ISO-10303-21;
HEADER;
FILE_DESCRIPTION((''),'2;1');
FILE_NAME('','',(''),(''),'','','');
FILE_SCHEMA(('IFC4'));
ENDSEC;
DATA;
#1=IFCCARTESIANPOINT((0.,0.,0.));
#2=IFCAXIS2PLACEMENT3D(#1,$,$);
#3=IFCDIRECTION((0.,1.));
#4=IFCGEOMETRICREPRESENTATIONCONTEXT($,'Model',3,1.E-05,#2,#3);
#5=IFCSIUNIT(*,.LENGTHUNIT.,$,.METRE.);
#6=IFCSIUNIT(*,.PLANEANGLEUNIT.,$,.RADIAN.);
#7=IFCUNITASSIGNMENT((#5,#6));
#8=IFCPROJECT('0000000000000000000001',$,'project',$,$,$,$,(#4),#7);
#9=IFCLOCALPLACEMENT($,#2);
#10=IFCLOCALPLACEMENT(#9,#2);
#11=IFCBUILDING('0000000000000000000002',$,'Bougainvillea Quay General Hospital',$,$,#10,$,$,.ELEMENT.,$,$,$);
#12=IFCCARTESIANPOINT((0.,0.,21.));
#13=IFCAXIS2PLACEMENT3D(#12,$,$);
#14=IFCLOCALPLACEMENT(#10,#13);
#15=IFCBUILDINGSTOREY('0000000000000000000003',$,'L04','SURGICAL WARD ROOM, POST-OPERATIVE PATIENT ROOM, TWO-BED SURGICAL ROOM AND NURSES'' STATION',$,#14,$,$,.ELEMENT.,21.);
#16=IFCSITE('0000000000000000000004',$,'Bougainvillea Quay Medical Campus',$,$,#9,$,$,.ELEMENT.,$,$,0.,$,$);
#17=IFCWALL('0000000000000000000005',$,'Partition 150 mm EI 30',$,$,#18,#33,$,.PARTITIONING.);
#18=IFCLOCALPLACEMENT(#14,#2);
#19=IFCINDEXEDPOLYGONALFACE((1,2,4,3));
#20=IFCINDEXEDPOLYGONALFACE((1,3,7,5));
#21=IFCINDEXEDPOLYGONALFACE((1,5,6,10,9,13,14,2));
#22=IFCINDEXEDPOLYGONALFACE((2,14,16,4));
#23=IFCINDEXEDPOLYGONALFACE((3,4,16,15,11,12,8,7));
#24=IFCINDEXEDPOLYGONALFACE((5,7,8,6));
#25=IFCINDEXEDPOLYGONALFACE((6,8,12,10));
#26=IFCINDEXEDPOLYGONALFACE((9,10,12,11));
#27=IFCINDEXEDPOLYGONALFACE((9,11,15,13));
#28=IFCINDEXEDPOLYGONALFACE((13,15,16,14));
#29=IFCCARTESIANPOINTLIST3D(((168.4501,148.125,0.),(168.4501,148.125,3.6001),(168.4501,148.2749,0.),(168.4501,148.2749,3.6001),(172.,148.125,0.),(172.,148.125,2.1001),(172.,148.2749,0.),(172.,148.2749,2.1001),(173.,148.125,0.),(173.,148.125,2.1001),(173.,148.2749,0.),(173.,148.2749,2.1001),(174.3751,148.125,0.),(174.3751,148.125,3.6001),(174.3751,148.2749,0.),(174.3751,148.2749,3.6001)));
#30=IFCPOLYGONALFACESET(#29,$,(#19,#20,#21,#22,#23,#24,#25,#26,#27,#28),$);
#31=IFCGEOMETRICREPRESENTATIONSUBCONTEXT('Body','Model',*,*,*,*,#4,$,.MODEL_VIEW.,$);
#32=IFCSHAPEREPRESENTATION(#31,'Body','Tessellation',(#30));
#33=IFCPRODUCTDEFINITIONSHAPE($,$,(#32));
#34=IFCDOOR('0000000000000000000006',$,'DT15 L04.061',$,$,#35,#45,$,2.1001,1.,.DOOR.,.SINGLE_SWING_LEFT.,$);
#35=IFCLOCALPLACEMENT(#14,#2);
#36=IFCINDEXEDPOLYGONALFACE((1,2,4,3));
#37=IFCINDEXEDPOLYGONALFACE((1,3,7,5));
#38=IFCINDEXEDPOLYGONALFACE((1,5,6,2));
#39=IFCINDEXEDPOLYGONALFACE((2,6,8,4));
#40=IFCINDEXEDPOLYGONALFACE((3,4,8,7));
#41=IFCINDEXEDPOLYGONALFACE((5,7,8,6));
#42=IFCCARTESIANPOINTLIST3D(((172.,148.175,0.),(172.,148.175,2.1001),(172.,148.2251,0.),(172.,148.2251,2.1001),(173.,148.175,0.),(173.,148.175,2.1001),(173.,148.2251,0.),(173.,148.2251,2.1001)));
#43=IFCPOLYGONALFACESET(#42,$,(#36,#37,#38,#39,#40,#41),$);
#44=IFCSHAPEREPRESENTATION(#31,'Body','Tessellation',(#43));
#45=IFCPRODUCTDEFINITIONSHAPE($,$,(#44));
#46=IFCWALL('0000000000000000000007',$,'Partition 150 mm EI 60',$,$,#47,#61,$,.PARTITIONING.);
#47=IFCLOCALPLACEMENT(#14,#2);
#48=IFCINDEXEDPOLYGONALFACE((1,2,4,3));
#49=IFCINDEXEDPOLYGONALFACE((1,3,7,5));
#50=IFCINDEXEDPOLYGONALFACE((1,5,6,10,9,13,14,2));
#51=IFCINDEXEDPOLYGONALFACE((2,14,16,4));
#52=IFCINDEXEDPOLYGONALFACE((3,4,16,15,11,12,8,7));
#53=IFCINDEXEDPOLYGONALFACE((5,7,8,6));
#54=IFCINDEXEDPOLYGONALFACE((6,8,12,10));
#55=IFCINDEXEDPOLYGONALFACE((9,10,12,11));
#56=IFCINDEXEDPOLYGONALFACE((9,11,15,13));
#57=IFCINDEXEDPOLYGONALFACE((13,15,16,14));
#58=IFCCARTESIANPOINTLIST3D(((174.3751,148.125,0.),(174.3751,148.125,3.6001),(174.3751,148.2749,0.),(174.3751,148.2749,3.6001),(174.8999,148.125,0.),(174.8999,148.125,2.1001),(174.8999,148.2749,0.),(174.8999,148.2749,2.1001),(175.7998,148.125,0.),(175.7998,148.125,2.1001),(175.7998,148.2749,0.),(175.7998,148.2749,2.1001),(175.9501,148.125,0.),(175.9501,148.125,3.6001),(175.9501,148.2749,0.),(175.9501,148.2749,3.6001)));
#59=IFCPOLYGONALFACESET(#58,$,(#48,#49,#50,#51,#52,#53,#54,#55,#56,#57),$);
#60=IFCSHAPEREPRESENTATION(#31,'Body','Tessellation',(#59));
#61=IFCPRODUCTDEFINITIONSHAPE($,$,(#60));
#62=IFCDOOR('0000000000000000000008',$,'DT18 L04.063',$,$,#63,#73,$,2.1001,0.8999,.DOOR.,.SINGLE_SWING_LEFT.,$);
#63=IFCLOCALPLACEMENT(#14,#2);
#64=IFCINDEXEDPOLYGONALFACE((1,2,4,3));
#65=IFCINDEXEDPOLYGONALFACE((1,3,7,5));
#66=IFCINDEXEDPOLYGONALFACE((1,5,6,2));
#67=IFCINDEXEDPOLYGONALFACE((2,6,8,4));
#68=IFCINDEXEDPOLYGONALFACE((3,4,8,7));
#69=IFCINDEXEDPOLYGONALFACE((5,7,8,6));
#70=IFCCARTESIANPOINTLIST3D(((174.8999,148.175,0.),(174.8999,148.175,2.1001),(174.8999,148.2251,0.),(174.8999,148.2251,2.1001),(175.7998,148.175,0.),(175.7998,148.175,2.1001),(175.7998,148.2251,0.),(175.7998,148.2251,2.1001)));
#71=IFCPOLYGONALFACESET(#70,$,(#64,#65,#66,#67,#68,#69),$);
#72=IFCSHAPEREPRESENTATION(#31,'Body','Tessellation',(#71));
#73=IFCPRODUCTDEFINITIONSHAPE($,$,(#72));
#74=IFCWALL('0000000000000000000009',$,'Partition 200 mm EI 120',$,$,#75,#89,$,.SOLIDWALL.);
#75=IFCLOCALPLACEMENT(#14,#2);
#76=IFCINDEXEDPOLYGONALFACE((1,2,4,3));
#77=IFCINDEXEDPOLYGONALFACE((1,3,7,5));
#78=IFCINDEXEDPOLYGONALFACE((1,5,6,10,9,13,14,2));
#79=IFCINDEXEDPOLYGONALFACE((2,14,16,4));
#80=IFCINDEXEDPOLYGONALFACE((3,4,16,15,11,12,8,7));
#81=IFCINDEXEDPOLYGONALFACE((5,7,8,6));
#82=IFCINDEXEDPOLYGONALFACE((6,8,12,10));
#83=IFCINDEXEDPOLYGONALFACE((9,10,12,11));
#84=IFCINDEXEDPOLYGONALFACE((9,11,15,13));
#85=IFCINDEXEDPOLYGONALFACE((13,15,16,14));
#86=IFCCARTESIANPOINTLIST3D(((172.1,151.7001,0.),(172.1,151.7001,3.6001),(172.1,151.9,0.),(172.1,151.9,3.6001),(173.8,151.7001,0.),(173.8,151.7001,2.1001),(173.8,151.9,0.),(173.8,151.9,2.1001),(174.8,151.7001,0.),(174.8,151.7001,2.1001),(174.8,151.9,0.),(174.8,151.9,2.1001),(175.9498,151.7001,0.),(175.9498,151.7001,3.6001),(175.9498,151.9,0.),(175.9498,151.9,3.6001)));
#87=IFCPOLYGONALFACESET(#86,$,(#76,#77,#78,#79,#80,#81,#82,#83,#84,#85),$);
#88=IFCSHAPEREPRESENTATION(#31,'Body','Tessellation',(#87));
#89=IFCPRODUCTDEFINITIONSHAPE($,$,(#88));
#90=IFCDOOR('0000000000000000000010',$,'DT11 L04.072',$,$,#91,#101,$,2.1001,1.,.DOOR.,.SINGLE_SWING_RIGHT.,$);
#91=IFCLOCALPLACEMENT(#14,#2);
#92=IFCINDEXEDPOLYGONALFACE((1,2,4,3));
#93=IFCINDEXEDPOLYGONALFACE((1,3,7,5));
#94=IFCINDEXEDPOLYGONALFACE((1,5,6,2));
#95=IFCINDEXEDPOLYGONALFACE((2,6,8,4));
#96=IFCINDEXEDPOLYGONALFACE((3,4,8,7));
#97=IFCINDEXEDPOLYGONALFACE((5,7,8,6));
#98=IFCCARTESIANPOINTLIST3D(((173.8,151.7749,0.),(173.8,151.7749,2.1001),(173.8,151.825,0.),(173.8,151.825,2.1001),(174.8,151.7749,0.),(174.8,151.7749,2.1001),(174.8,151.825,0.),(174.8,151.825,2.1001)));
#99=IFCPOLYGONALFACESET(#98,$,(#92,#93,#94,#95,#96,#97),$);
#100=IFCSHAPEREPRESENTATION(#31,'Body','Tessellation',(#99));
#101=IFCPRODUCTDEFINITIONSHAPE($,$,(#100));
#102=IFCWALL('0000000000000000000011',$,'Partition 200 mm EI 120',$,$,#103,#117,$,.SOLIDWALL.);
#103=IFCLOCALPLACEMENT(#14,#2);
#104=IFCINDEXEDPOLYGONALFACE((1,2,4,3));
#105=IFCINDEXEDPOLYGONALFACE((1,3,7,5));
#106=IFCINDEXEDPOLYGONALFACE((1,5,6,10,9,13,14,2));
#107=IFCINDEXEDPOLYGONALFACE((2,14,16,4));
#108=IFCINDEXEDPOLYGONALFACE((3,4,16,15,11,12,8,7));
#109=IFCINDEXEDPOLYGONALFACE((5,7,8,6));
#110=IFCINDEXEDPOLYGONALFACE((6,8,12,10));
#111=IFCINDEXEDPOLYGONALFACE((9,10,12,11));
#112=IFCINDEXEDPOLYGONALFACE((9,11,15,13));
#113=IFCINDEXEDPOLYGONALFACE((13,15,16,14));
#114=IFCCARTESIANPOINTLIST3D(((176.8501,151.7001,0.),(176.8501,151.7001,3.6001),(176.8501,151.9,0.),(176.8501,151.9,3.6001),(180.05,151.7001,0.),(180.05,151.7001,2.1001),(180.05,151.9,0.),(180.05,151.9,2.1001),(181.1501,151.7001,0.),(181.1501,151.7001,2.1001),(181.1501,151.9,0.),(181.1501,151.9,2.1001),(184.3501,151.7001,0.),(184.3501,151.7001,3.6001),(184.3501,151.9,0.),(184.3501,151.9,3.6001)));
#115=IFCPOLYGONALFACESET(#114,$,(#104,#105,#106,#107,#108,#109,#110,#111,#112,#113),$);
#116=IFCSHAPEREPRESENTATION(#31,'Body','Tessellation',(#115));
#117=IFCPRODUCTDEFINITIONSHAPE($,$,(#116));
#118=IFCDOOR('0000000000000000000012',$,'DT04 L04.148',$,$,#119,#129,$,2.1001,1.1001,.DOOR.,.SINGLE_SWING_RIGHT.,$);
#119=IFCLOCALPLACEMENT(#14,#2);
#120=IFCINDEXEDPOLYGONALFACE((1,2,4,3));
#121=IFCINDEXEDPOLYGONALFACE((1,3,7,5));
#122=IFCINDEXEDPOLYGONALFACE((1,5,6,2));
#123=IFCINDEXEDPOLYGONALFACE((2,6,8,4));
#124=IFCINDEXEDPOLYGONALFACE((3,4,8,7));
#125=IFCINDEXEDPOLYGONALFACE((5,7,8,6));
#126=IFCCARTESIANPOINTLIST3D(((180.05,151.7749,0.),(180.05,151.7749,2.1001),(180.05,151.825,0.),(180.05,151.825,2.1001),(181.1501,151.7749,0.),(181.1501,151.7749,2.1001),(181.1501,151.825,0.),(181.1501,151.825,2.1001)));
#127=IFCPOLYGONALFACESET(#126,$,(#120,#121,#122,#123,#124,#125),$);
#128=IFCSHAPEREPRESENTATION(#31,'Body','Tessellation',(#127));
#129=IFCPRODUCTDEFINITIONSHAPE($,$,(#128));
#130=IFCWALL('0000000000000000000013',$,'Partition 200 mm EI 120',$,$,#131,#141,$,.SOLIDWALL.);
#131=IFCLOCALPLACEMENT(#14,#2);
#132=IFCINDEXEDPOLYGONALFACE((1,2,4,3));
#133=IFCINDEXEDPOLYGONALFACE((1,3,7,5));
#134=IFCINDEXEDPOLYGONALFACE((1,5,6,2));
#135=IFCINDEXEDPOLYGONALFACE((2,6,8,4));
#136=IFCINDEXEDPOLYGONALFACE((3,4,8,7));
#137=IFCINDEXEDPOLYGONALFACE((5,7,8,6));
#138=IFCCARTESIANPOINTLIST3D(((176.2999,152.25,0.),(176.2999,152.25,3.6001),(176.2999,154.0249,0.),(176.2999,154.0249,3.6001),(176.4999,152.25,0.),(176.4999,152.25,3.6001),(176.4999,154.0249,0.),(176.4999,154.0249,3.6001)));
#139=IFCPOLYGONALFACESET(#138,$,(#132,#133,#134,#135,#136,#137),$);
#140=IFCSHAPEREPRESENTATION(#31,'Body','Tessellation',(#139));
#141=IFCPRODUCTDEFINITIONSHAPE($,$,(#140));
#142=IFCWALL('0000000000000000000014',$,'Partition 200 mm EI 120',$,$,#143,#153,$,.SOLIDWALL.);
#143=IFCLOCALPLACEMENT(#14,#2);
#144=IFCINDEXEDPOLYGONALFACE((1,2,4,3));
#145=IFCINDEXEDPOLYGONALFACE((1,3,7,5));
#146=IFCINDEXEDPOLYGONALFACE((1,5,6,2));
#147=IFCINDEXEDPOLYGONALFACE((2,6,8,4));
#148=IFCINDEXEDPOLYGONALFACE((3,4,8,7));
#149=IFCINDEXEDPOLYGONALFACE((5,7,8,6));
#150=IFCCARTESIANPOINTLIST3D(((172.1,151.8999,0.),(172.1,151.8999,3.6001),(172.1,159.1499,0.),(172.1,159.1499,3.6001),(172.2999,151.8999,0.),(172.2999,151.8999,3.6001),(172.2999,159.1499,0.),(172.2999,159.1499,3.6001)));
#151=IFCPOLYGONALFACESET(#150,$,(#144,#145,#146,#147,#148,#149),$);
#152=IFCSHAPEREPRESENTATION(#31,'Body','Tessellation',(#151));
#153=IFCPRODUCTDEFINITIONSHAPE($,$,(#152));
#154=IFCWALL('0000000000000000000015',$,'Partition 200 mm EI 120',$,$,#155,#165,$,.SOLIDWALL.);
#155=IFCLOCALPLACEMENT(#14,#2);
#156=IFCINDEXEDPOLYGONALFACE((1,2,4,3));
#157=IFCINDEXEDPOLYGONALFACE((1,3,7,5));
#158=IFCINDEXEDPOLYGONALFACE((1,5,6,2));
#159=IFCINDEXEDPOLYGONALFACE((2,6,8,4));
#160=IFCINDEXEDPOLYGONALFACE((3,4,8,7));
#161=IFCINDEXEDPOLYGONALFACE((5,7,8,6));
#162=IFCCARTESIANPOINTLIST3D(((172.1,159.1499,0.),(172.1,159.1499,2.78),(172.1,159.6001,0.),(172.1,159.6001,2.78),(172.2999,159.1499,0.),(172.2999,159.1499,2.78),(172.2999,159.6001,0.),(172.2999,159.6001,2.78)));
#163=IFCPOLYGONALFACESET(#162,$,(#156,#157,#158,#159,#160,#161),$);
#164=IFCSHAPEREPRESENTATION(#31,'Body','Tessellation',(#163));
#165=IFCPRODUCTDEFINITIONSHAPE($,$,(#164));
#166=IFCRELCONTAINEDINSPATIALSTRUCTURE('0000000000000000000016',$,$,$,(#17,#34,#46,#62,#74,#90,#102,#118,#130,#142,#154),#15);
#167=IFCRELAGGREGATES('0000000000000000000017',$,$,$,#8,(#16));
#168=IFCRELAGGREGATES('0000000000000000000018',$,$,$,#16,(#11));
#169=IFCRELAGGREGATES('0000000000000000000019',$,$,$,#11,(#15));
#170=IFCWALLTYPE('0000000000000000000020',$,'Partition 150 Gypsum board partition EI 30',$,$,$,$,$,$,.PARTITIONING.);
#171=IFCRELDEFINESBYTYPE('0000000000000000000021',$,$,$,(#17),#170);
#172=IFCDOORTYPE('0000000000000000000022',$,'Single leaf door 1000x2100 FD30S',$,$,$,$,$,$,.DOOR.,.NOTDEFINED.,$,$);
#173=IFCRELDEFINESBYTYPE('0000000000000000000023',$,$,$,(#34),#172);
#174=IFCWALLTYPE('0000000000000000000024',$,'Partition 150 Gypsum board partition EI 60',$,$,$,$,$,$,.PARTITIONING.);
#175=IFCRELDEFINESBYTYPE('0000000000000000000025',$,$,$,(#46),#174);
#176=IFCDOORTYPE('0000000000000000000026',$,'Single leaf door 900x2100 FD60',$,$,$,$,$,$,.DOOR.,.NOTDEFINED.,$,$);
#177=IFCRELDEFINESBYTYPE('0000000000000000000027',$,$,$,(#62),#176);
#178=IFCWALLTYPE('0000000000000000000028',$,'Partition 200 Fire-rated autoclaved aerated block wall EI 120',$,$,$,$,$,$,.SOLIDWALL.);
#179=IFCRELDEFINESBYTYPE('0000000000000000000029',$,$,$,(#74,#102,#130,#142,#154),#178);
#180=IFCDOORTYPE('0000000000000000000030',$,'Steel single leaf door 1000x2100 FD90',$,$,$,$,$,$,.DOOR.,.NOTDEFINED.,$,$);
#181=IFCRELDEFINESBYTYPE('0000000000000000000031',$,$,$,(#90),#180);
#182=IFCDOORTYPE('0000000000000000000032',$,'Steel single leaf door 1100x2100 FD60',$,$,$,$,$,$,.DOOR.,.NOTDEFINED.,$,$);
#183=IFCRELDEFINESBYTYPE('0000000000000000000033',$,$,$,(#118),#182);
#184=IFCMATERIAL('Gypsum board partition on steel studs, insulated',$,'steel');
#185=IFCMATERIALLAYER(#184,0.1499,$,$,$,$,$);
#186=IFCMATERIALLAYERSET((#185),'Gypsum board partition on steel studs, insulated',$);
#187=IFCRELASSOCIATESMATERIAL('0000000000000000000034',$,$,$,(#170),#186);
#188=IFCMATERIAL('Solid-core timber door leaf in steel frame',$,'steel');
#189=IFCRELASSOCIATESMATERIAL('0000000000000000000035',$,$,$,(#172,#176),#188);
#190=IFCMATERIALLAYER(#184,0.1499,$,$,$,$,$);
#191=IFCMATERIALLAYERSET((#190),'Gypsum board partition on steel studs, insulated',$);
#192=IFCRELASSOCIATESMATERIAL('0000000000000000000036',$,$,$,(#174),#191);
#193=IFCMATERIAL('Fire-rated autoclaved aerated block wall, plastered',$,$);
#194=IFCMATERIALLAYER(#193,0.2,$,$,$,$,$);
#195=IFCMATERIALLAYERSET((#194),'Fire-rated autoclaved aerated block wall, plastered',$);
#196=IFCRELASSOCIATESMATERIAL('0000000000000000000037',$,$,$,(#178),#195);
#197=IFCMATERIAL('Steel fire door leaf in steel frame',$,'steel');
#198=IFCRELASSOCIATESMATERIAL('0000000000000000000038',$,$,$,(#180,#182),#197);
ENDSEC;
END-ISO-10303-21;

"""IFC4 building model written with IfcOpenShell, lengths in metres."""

from ifc_helpers import new_model, si_unit, direction, frame, frame_2d, origin, place, context, subcontext, project, spatial, rectangle, extrude, material, layer, layer_set, type_object, element, fill, save


model = new_model("IFC4")

# Units and contexts
model_context = context("Model", 3, precision=1e-05, world=origin(), true_north=direction((0.0, 1.0)))
body_context = subcontext(model_context, "Body", "Model", "MODEL_VIEW")
ifc_project = project(units=[si_unit("LENGTHUNIT", "METRE"), si_unit("PLANEANGLEUNIT", "RADIAN")], contexts=[model_context])

# Site, building, storey
site_placement = place(None, origin())
site = spatial("IfcSite", under=ifc_project, at=site_placement, Name="Bougainvillea Quay Medical Campus", CompositionType="ELEMENT", RefElevation=0.0)
building_placement = place(site_placement, origin())
building = spatial("IfcBuilding", under=site, at=building_placement, Name="Bougainvillea Quay General Hospital", CompositionType="ELEMENT")
storey_placement = place(building_placement, frame((0.0, 0.0, 21.0)))
storey = spatial("IfcBuildingStorey", under=building, at=storey_placement, Name="L04", Description="SURGICAL WARD ROOM, POST-OPERATIVE PATIENT ROOM, TWO-BED SURGICAL ROOM AND NURSES' STATION", CompositionType="ELEMENT", Elevation=21.0)

# Walls, openings, doors
ifc_material_1 = material(Name="Gypsum board partition on steel studs, insulated", Category="steel")
ifc_layer_1 = layer(ifc_material_1, 0.1499)
ifc_layer_set_1 = layer_set([ifc_layer_1], Name="Gypsum board partition on steel studs, insulated")
wall_type_1 = type_object("IfcWallType", Name="Partition 150 Gypsum board partition EI 30", PredefinedType="PARTITIONING", material=ifc_layer_set_1)
ifc_material_2 = material(Name="Solid-core timber door leaf in steel frame", Category="steel")
door_type_1 = type_object("IfcDoorType", Name="Single leaf door 1000x2100 FD30S", OperationType="NOTDEFINED", PredefinedType="DOOR", material=ifc_material_2)
wall_1_placement = place(storey_placement, frame((174.375, 148.2, 0.0), z_axis=(0.0, 0.0, 1.0), x_axis=(-1.0, 0.0, 0.0)))
wall_1 = element("IfcWall", 1, at=wall_1_placement, inside=storey, type_object=wall_type_1, Name="Partition 150 mm EI 30", PredefinedType="PARTITIONING", context=body_context, shape_type="SweptSolid", body=[
    extrude(rectangle(XDim=5.925, YDim=0.1499, at=frame_2d((2.9624, 0.0))), origin(), (0.0, 0.0, 1.0), 3.6001),
])
opening_1_placement = place(wall_1_placement, frame((1.375, 0.0, 0.0)))
opening_1 = element("IfcOpeningElement", 2, at=opening_1_placement, cuts=wall_1, PredefinedType="OPENING", context=body_context, shape_type="SweptSolid", body=[
    extrude(rectangle(XDim=1.0, YDim=2.1001, at=frame_2d((0.5, 1.05))), frame((0.0, 0.085, 0.0), z_axis=(0.0, -1.0, 0.0), x_axis=(1.0, 0.0, 0.0)), (0.0, 0.0, 1.0), 0.1699),
])
door_1_placement = place(opening_1_placement, origin())
door_1 = element("IfcDoor", 3, at=door_1_placement, inside=storey, type_object=door_type_1, Name="DT15 L04.061", OperationType="SINGLE_SWING_LEFT", OverallHeight=2.1001, OverallWidth=1.0, PredefinedType="DOOR", context=body_context, shape_type="SweptSolid", body=[
    extrude(rectangle(XDim=1.0, YDim=2.1001, at=frame_2d((0.5, 1.05))), frame((0.0, 0.0249, 0.0), z_axis=(0.0, -1.0, 0.0), x_axis=(1.0, 0.0, 0.0)), (0.0, 0.0, 1.0), 0.05),
])
fill(opening_1, door_1)
ifc_layer_2 = layer(ifc_material_1, 0.1499)
ifc_layer_set_2 = layer_set([ifc_layer_2], Name="Gypsum board partition on steel studs, insulated")
wall_type_2 = type_object("IfcWallType", Name="Partition 150 Gypsum board partition EI 60", PredefinedType="PARTITIONING", material=ifc_layer_set_2)
wall_2_placement = place(storey_placement, frame((174.375, 148.2, 0.0), z_axis=(0.0, 0.0, 1.0), x_axis=(1.0, 0.0, 0.0)))
wall_2 = element("IfcWall", 4, at=wall_2_placement, inside=storey, type_object=wall_type_2, Name="Partition 150 mm EI 60", PredefinedType="PARTITIONING", context=body_context, shape_type="SweptSolid", body=[
    extrude(rectangle(XDim=1.575, YDim=0.1499, at=frame_2d((0.7876, 0.0))), origin(), (0.0, 0.0, 1.0), 3.6001),
])
opening_2_placement = place(wall_2_placement, frame((0.5249, 0.0, 0.0)))
opening_2 = element("IfcOpeningElement", 5, at=opening_2_placement, cuts=wall_2, PredefinedType="OPENING", context=body_context, shape_type="SweptSolid", body=[
    extrude(rectangle(XDim=0.8999, YDim=2.1001, at=frame_2d((0.45, 1.05))), frame((0.0, 0.085, 0.0), z_axis=(0.0, -1.0, 0.0), x_axis=(1.0, 0.0, 0.0)), (0.0, 0.0, 1.0), 0.1699),
])
door_type_2 = type_object("IfcDoorType", Name="Single leaf door 900x2100 FD60", OperationType="NOTDEFINED", PredefinedType="DOOR", material=ifc_material_2)
door_2_placement = place(opening_2_placement, frame((0.8999, 0.0, 0.0), z_axis=(0.0, 0.0, 1.0), x_axis=(-1.0, 0.0, 0.0)))
door_2 = element("IfcDoor", 6, at=door_2_placement, inside=storey, type_object=door_type_2, Name="DT18 L04.063", OperationType="SINGLE_SWING_LEFT", OverallHeight=2.1001, OverallWidth=0.8999, PredefinedType="DOOR", context=body_context, shape_type="SweptSolid", body=[
    extrude(rectangle(XDim=0.8999, YDim=2.1001, at=frame_2d((0.45, 1.05))), frame((0.0, 0.0249, 0.0), z_axis=(0.0, -1.0, 0.0), x_axis=(1.0, 0.0, 0.0)), (0.0, 0.0, 1.0), 0.05),
])
fill(opening_2, door_2)
ifc_material_3 = material(Name="Fire-rated autoclaved aerated block wall, plastered")
ifc_layer_3 = layer(ifc_material_3, 0.2)
ifc_layer_set_3 = layer_set([ifc_layer_3], Name="Fire-rated autoclaved aerated block wall, plastered")
wall_type_3 = type_object("IfcWallType", Name="Partition 200 Fire-rated autoclaved aerated block wall EI 120", PredefinedType="SOLIDWALL", material=ifc_layer_set_3)
wall_3_placement = place(storey_placement, frame((172.1001, 151.8, 0.0), z_axis=(0.0, 0.0, 1.0), x_axis=(1.0, 0.0, 0.0)))
wall_3 = element("IfcWall", 7, at=wall_3_placement, inside=storey, type_object=wall_type_3, Name="Partition 200 mm EI 120", PredefinedType="SOLIDWALL", context=body_context, shape_type="SweptSolid", body=[
    extrude(rectangle(XDim=3.8499, YDim=0.2, at=frame_2d((1.9248, 0.0))), origin(), (0.0, 0.0, 1.0), 3.6001),
])
opening_3_placement = place(wall_3_placement, frame((1.7, 0.0, 0.0)))
opening_3 = element("IfcOpeningElement", 8, at=opening_3_placement, cuts=wall_3, PredefinedType="OPENING", context=body_context, shape_type="SweptSolid", body=[
    extrude(rectangle(XDim=1.0, YDim=2.1001, at=frame_2d((0.5, 1.05))), frame((0.0, 0.1099, 0.0), z_axis=(0.0, -1.0, 0.0), x_axis=(1.0, 0.0, 0.0)), (0.0, 0.0, 1.0), 0.22),
])
ifc_material_4 = material(Name="Steel fire door leaf in steel frame", Category="steel")
door_type_3 = type_object("IfcDoorType", Name="Steel single leaf door 1000x2100 FD90", OperationType="NOTDEFINED", PredefinedType="DOOR", material=ifc_material_4)
door_3_placement = place(opening_3_placement, origin())
door_3 = element("IfcDoor", 9, at=door_3_placement, inside=storey, type_object=door_type_3, Name="DT11 L04.072", OperationType="SINGLE_SWING_RIGHT", OverallHeight=2.1001, OverallWidth=1.0, PredefinedType="DOOR", context=body_context, shape_type="SweptSolid", body=[
    extrude(rectangle(XDim=1.0, YDim=2.1001, at=frame_2d((0.5, 1.05))), frame((0.0, 0.0249, 0.0), z_axis=(0.0, -1.0, 0.0), x_axis=(1.0, 0.0, 0.0)), (0.0, 0.0, 1.0), 0.05),
])
fill(opening_3, door_3)
wall_4_placement = place(storey_placement, frame((176.8501, 151.8, 0.0), z_axis=(0.0, 0.0, 1.0), x_axis=(1.0, 0.0, 0.0)))
wall_4 = element("IfcWall", 10, at=wall_4_placement, inside=storey, type_object=wall_type_3, Name="Partition 200 mm EI 120", PredefinedType="SOLIDWALL", context=body_context, shape_type="SweptSolid", body=[
    extrude(rectangle(XDim=7.5, YDim=0.2, at=frame_2d((3.75, 0.0))), origin(), (0.0, 0.0, 1.0), 3.6001),
])
opening_4_placement = place(wall_4_placement, frame((3.2, 0.0, 0.0)))
opening_4 = element("IfcOpeningElement", 11, at=opening_4_placement, cuts=wall_4, PredefinedType="OPENING", context=body_context, shape_type="SweptSolid", body=[
    extrude(rectangle(XDim=1.1001, YDim=2.1001, at=frame_2d((0.55, 1.05))), frame((0.0, 0.1099, 0.0), z_axis=(0.0, -1.0, 0.0), x_axis=(1.0, 0.0, 0.0)), (0.0, 0.0, 1.0), 0.22),
])
door_type_4 = type_object("IfcDoorType", Name="Steel single leaf door 1100x2100 FD60", OperationType="NOTDEFINED", PredefinedType="DOOR", material=ifc_material_4)
door_4_placement = place(opening_4_placement, origin())
door_4 = element("IfcDoor", 12, at=door_4_placement, inside=storey, type_object=door_type_4, Name="DT04 L04.148", OperationType="SINGLE_SWING_RIGHT", OverallHeight=2.1001, OverallWidth=1.1001, PredefinedType="DOOR", context=body_context, shape_type="SweptSolid", body=[
    extrude(rectangle(XDim=1.1001, YDim=2.1001, at=frame_2d((0.55, 1.05))), frame((0.0, 0.0249, 0.0), z_axis=(0.0, -1.0, 0.0), x_axis=(1.0, 0.0, 0.0)), (0.0, 0.0, 1.0), 0.05),
])
fill(opening_4, door_4)

# Walls
wall_5_placement = place(storey_placement, frame((176.3999, 152.25, 0.0), z_axis=(0.0, 0.0, 1.0), x_axis=(0.0, 1.0, 0.0)))
element("IfcWall", 13, at=wall_5_placement, inside=storey, type_object=wall_type_3, Name="Partition 200 mm EI 120", PredefinedType="SOLIDWALL", context=body_context, shape_type="SweptSolid", body=[
    extrude(rectangle(XDim=1.7749, YDim=0.2, at=frame_2d((0.8875, 0.0))), origin(), (0.0, 0.0, 1.0), 3.6001),
])
wall_6_placement = place(storey_placement, frame((172.2, 151.8999, 0.0), z_axis=(0.0, 0.0, 1.0), x_axis=(0.0, 1.0, 0.0)))
element("IfcWall", 14, at=wall_6_placement, inside=storey, type_object=wall_type_3, Name="Partition 200 mm EI 120", PredefinedType="SOLIDWALL", context=body_context, shape_type="SweptSolid", body=[
    extrude(rectangle(XDim=7.25, YDim=0.2, at=frame_2d((3.625, 0.0))), origin(), (0.0, 0.0, 1.0), 3.6001),
])
wall_7_placement = place(storey_placement, frame((172.2, 159.1499, 0.0), z_axis=(0.0, 0.0, 1.0), x_axis=(0.0, 1.0, 0.0)))
element("IfcWall", 15, at=wall_7_placement, inside=storey, type_object=wall_type_3, Name="Partition 200 mm EI 120", PredefinedType="SOLIDWALL", context=body_context, shape_type="SweptSolid", body=[
    extrude(rectangle(XDim=0.4502, YDim=0.2, at=frame_2d((0.2251, 0.0))), origin(), (0.0, 0.0, 1.0), 2.78),
])

save(model, "model.ifc")
